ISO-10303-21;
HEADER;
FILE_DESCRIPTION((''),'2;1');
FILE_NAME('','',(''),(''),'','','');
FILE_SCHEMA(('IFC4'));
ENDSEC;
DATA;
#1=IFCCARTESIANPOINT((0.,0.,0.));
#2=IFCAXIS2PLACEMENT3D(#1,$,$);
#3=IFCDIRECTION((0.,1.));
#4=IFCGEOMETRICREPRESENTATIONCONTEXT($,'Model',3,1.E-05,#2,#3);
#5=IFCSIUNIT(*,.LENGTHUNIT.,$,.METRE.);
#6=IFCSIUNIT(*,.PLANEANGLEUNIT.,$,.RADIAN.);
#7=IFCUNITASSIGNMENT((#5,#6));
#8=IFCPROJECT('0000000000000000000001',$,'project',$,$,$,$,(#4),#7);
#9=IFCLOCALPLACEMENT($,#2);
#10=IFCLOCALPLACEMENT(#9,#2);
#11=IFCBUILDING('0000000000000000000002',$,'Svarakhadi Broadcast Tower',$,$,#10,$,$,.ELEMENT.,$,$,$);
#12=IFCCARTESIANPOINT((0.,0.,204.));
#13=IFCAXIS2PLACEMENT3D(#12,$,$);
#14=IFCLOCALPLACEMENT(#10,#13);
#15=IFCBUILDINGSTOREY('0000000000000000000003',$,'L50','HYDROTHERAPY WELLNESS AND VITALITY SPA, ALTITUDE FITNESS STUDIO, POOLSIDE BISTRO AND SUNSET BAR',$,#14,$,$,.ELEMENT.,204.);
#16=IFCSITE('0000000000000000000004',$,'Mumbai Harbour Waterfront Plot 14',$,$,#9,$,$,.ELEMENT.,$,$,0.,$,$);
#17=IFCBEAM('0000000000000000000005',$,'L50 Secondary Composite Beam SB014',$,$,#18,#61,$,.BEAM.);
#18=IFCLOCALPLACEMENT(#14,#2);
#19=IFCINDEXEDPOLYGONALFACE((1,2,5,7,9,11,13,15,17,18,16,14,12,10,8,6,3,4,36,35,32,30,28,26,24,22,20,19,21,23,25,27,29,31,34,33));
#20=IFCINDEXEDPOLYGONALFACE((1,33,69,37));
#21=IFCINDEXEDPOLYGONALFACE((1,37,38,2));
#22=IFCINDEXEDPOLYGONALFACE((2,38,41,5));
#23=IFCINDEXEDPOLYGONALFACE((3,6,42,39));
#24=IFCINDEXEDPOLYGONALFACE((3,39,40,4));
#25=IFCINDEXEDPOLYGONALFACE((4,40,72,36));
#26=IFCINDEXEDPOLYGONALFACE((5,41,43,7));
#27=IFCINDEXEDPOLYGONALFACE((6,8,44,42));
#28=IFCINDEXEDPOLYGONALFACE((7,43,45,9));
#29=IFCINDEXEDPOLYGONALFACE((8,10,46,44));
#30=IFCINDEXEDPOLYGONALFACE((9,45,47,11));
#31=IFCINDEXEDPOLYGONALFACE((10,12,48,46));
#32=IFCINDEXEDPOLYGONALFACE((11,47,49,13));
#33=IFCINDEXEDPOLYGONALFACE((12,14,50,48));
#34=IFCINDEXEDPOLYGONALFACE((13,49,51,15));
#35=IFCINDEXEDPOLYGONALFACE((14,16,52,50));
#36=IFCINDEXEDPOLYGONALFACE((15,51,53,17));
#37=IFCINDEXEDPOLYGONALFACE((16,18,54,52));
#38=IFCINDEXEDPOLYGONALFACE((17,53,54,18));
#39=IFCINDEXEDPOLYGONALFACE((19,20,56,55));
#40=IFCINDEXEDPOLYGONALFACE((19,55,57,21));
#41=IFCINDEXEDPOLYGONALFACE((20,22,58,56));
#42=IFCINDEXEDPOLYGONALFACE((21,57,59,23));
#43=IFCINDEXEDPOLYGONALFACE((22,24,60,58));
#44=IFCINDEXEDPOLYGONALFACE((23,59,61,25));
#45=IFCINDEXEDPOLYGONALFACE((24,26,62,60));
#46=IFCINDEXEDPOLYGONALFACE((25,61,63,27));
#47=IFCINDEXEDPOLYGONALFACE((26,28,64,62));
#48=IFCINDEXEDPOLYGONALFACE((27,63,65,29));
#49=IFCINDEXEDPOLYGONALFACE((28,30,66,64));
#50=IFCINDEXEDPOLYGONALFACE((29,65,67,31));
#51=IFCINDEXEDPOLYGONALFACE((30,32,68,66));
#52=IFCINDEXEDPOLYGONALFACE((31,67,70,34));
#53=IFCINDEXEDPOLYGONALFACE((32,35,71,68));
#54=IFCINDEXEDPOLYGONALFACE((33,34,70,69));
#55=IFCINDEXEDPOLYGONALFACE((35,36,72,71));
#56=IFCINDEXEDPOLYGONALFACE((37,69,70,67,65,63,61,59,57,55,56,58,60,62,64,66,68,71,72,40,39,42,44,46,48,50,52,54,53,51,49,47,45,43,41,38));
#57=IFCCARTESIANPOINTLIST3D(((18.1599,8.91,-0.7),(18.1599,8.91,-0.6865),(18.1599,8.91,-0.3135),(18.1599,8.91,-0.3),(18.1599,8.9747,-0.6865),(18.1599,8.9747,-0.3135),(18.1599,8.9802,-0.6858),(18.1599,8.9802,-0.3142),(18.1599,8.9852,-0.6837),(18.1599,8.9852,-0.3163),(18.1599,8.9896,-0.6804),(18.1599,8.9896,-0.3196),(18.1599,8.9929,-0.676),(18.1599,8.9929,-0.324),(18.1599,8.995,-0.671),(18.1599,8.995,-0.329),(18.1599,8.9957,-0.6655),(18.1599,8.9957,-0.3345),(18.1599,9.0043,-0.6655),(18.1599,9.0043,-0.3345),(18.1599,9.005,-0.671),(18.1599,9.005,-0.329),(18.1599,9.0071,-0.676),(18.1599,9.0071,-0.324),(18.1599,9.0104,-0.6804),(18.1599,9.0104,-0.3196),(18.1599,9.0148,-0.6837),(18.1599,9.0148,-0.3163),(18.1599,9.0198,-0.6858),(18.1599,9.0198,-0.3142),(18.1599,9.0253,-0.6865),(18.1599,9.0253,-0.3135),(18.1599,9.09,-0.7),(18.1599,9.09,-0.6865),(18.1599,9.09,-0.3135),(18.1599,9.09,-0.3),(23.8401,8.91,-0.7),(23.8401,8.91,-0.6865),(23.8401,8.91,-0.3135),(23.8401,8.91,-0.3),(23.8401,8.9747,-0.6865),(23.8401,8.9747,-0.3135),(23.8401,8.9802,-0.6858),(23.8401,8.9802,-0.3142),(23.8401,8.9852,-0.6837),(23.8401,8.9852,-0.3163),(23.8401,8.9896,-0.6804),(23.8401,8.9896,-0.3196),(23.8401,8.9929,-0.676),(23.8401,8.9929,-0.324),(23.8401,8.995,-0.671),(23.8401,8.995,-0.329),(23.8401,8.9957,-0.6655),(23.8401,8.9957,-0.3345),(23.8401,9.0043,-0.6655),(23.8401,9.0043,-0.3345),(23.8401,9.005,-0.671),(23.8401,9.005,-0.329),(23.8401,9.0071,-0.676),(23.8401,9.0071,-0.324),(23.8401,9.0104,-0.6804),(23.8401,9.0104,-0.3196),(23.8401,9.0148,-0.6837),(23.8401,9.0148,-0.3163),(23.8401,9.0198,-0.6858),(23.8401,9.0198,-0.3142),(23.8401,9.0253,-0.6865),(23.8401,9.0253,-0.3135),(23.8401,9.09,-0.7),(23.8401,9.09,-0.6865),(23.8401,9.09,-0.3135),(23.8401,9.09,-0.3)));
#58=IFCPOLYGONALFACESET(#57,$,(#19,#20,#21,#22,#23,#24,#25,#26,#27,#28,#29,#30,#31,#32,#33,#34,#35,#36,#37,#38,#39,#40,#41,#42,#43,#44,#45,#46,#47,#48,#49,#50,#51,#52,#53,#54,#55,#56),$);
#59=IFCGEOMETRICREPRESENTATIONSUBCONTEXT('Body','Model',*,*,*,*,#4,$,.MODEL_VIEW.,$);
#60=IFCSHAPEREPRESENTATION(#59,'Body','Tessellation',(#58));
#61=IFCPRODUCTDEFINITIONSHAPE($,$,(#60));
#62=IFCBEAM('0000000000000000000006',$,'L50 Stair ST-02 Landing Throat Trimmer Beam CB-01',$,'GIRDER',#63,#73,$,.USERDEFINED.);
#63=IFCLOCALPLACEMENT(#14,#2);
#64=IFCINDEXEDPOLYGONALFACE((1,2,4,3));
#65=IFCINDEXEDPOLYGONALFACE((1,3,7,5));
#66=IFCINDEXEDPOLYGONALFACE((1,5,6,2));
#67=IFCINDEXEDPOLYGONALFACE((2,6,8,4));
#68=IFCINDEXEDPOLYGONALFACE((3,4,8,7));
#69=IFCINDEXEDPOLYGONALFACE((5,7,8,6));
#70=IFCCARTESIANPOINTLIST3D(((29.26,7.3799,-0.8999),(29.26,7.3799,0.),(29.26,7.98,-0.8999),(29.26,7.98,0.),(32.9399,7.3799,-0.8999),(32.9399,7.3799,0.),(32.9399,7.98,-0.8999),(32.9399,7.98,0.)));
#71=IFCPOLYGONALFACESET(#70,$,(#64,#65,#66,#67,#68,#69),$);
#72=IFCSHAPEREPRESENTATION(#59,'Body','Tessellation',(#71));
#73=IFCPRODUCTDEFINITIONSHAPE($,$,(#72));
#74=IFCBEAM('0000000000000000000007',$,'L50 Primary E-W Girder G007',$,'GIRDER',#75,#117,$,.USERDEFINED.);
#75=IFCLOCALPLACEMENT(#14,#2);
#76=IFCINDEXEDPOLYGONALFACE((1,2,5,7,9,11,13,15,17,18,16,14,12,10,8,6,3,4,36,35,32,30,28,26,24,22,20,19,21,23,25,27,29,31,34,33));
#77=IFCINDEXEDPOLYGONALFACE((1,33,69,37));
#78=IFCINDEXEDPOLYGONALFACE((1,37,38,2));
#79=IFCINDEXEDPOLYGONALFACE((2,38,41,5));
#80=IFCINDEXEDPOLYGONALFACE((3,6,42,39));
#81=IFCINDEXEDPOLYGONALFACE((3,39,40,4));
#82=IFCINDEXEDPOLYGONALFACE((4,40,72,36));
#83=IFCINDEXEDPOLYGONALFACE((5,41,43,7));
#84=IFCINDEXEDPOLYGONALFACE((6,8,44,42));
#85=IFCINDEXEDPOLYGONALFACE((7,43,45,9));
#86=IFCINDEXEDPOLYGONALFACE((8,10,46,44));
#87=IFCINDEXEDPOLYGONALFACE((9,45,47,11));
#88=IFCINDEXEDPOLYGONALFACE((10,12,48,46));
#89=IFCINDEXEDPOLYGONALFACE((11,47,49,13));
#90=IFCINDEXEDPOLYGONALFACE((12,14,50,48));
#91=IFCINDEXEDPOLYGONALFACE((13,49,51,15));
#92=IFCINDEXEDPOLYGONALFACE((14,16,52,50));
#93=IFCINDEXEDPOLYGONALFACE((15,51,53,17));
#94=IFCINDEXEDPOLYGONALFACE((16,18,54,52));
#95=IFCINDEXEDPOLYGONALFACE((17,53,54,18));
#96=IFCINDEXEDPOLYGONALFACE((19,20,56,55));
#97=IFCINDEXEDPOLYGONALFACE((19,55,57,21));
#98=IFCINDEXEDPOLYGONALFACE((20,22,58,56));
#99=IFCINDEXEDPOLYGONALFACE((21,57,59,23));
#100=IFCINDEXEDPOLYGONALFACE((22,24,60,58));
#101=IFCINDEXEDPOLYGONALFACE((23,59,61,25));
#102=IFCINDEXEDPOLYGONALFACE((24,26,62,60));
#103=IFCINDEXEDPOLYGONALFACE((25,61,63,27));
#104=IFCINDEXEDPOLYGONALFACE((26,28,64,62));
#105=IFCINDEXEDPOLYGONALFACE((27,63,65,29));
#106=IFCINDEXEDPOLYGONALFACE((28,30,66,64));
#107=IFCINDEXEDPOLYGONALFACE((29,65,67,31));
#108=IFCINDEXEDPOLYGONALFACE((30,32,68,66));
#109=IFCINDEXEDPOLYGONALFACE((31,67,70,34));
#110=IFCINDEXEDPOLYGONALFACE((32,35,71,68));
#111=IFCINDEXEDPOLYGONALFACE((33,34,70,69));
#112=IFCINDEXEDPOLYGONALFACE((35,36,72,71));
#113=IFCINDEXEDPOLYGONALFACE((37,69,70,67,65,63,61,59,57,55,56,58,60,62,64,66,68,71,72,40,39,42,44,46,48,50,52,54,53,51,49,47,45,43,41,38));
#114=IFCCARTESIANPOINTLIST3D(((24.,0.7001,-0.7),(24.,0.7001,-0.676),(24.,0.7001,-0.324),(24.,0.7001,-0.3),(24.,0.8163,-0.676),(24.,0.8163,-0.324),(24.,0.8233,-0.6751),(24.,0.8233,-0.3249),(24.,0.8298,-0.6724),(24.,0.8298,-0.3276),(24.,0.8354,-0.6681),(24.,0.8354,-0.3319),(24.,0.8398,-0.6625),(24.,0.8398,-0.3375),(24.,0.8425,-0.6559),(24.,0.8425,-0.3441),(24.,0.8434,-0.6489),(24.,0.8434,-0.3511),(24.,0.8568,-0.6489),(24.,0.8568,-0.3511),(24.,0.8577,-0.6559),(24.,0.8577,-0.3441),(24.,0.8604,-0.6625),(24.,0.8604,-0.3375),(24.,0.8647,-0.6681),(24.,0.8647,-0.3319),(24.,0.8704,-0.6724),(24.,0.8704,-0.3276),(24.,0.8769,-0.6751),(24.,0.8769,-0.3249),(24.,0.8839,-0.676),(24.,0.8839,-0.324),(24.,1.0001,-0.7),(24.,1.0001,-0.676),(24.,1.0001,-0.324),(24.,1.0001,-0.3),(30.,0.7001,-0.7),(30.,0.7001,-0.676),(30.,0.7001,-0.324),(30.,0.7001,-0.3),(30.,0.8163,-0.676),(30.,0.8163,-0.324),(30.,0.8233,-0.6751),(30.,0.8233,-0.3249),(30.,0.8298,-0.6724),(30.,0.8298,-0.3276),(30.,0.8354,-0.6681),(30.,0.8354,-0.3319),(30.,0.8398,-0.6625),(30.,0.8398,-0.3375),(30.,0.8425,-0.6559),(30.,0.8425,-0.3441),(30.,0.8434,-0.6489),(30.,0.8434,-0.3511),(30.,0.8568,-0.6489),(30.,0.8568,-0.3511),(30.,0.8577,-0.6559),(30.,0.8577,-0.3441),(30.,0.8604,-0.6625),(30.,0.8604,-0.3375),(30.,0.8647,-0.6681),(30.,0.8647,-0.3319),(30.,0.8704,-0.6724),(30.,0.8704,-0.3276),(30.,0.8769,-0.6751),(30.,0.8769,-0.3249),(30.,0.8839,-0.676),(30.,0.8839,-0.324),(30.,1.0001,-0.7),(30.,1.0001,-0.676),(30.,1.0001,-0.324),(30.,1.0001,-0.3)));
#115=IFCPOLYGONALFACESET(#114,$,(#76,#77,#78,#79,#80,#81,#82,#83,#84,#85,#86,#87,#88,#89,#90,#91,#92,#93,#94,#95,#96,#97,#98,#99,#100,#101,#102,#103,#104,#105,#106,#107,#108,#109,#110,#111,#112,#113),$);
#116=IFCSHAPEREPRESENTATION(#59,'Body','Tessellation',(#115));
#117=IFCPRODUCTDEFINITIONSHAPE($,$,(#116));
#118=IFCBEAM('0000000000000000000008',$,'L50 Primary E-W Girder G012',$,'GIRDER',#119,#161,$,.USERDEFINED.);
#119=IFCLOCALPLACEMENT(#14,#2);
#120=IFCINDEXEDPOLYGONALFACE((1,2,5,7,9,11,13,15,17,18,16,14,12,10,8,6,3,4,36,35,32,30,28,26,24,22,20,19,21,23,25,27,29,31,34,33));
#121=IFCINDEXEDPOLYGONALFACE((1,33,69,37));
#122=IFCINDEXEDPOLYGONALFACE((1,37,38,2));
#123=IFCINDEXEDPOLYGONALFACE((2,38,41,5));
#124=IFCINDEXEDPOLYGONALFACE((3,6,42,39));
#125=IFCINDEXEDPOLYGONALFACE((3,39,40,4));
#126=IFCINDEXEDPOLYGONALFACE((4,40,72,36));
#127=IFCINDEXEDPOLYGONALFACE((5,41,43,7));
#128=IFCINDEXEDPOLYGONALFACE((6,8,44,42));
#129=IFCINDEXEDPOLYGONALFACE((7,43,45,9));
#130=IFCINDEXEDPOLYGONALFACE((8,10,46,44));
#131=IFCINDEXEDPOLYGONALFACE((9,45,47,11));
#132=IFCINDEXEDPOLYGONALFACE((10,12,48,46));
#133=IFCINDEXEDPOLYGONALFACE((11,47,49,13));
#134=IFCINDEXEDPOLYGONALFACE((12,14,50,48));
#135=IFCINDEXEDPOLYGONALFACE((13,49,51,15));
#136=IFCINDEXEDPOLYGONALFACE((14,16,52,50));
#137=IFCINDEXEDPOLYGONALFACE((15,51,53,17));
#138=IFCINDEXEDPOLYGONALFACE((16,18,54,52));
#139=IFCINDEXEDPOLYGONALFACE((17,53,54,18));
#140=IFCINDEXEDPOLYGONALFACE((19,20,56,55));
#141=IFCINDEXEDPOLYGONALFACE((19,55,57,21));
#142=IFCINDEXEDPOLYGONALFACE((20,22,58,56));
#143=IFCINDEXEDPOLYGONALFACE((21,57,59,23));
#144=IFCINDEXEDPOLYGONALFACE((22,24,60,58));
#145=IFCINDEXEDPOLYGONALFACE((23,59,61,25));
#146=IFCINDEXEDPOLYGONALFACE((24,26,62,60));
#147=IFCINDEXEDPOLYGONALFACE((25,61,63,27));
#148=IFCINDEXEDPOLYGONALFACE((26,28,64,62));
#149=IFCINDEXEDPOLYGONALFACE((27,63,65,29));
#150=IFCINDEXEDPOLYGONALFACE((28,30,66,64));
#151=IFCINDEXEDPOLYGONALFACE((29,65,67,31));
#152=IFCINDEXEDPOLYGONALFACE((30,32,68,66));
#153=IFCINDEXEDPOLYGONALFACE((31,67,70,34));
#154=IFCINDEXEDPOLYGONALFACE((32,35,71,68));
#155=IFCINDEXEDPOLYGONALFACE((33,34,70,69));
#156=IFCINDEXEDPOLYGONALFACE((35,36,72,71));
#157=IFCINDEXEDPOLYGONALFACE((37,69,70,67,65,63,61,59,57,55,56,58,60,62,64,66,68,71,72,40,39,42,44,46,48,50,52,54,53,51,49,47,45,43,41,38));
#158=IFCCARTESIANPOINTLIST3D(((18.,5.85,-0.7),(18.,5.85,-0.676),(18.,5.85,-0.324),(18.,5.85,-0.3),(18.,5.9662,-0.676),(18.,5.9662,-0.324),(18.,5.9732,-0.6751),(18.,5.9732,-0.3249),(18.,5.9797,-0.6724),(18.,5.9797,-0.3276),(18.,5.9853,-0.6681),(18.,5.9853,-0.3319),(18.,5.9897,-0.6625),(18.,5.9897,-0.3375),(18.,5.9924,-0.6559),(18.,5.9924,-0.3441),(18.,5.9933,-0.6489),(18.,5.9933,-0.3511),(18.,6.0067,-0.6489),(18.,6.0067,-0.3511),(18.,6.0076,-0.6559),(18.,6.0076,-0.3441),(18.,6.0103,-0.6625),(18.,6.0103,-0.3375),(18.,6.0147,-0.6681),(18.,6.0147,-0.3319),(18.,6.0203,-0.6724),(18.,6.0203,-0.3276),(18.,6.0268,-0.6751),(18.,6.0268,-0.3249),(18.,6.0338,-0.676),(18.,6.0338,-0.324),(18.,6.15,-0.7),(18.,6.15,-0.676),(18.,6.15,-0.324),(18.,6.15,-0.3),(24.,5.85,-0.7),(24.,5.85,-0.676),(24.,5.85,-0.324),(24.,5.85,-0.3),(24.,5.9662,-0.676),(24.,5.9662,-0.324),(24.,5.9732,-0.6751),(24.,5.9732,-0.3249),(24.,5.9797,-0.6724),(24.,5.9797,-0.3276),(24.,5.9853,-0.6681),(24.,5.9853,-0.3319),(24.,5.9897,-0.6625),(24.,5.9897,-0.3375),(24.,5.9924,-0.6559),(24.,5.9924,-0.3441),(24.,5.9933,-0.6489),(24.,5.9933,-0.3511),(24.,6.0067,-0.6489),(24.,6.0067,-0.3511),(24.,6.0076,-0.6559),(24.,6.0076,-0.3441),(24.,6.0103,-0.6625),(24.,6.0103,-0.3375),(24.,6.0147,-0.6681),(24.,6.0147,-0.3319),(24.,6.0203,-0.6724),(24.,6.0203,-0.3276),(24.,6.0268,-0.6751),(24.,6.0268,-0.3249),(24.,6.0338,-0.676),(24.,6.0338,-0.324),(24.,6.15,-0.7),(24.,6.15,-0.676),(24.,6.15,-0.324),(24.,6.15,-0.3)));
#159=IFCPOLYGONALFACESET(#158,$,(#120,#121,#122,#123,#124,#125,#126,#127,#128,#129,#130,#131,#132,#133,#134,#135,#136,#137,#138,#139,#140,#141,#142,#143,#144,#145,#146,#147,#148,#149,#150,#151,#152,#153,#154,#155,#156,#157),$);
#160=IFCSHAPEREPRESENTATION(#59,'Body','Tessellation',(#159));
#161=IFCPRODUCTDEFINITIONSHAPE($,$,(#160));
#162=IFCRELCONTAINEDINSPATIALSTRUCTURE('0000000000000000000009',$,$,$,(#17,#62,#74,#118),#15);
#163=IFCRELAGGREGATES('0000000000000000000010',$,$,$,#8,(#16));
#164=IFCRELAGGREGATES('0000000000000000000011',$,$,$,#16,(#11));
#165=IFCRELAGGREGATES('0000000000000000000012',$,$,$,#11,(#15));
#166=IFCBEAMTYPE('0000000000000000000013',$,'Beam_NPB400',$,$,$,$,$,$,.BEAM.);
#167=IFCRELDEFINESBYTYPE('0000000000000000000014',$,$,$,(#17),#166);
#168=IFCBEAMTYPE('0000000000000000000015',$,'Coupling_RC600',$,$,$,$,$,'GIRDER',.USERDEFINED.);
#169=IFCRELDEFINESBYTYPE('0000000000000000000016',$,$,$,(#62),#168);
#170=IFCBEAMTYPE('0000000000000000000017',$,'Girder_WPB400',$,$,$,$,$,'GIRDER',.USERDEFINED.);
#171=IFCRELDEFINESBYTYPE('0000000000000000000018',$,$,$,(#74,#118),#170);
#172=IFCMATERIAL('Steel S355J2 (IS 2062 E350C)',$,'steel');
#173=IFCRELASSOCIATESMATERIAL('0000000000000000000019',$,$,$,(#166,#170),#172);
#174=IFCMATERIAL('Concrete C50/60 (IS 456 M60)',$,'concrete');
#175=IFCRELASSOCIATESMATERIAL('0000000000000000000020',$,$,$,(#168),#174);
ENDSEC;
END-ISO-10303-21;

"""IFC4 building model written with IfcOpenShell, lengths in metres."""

from ifc_helpers import new_model, si_unit, direction, frame, origin, origin_2d, place, context, subcontext, project, spatial, rectangle, i_section, extrude, material, material_profile, profile_set, type_object, element, save


model = new_model("IFC4")

# Units and contexts
model_context = context("Model", 3, precision=1e-05, world=origin(), true_north=direction((0.0, 1.0)))
body_context = subcontext(model_context, "Body", "Model", "MODEL_VIEW")
ifc_project = project(units=[si_unit("LENGTHUNIT", "METRE"), si_unit("PLANEANGLEUNIT", "RADIAN")], contexts=[model_context])

# Site, building, storey
site_placement = place(None, origin())
site = spatial("IfcSite", under=ifc_project, at=site_placement, Name="Mumbai Harbour Waterfront Plot 14", CompositionType="ELEMENT", RefElevation=0.0)
building_placement = place(site_placement, origin())
building = spatial("IfcBuilding", under=site, at=building_placement, Name="Svarakhadi Broadcast Tower", CompositionType="ELEMENT")
storey_placement = place(building_placement, frame((0.0, 0.0, 204.0)))
storey = spatial("IfcBuildingStorey", under=building, at=storey_placement, Name="L50", Description="HYDROTHERAPY WELLNESS AND VITALITY SPA, ALTITUDE FITNESS STUDIO, POOLSIDE BISTRO AND SUNSET BAR", CompositionType="ELEMENT", Elevation=204.0)

# Shared definitions
ifc_material_1 = material(Name="Concrete C50/60 (IS 456 M60)", Category="concrete")

# Beams
ifc_material_2 = material(Name="Steel S355J2 (IS 2062 E350C)", Category="steel")
ifc_material_profile_1 = material_profile(ifc_material_2, i_section(OverallWidth=0.1799, OverallDepth=0.3999, WebThickness=0.0085, FlangeThickness=0.0134, FilletRadius=0.021, at=origin_2d()), Name="NPB 400x180x66")
ifc_profile_set_1 = profile_set([ifc_material_profile_1], Name="Steel S355J2 (IS 2062 E350C)")
beam_type_1 = type_object("IfcBeamType", Name="Beam_NPB400", PredefinedType="BEAM", material=ifc_profile_set_1)
for number, where, z_axis, x_axis, name in (
    (1, (18.1599, 9.0, -0.5), (1.0, 0.0, 0.0), (0.0, 1.0, 0.0), "L50 Secondary Composite Beam SB014"),
):
    element("IfcBeam", number, at=place(storey_placement, frame(where, z_axis=z_axis, x_axis=x_axis)), inside=storey, type_object=beam_type_1, Name=name, PredefinedType="BEAM", context=body_context, shape_type="SweptSolid", body=[
        extrude(i_section(OverallWidth=0.1799, OverallDepth=0.3999, WebThickness=0.0085, FlangeThickness=0.0134, FilletRadius=0.021, at=origin_2d()), origin(), (0.0, 0.0, 1.0), 5.6802),
    ])
ifc_material_profile_2 = material_profile(ifc_material_1, rectangle(XDim=0.6001, YDim=0.8999, at=origin_2d()), Name="RC 600x900")
ifc_profile_set_2 = profile_set([ifc_material_profile_2], Name="Concrete C50/60 (IS 456 M60)")
beam_type_2 = type_object("IfcBeamType", Name="Coupling_RC600", ElementType="GIRDER", PredefinedType="USERDEFINED", material=ifc_profile_set_2)
beam_1_placement = place(storey_placement, frame((29.26, 7.6799, -0.45), z_axis=(1.0, 0.0, 0.0), x_axis=(0.0, 1.0, 0.0)))
element("IfcBeam", 2, at=beam_1_placement, inside=storey, type_object=beam_type_2, Name="L50 Stair ST-02 Landing Throat Trimmer Beam CB-01", ObjectType="GIRDER", PredefinedType="USERDEFINED", context=body_context, shape_type="SweptSolid", body=[
    extrude(rectangle(XDim=0.6001, YDim=0.8999, at=origin_2d()), origin(), (0.0, 0.0, 1.0), 3.6799),
])
ifc_material_profile_3 = material_profile(ifc_material_2, i_section(OverallWidth=0.3, OverallDepth=0.3999, WebThickness=0.0134, FlangeThickness=0.0239, FilletRadius=0.0271, at=origin_2d()), Name="WPB 400x300x155")
ifc_profile_set_3 = profile_set([ifc_material_profile_3], Name="Steel S355J2 (IS 2062 E350C)")
beam_type_3 = type_object("IfcBeamType", Name="Girder_WPB400", ElementType="GIRDER", PredefinedType="USERDEFINED", material=ifc_profile_set_3)
for number, where, z_axis, x_axis, name in (
    (3, (24.0, 0.8501, -0.5), (1.0, 0.0, 0.0), (0.0, 1.0, 0.0), "L50 Primary E-W Girder G007"),
    (4, (18.0, 6.0, -0.5), (1.0, 0.0, 0.0), (0.0, 1.0, 0.0), "L50 Primary E-W Girder G012"),
):
    element("IfcBeam", number, at=place(storey_placement, frame(where, z_axis=z_axis, x_axis=x_axis)), inside=storey, type_object=beam_type_3, Name=name, ObjectType="GIRDER", PredefinedType="USERDEFINED", context=body_context, shape_type="SweptSolid", body=[
        extrude(i_section(OverallWidth=0.3, OverallDepth=0.3999, WebThickness=0.0134, FlangeThickness=0.0239, FilletRadius=0.0271, at=origin_2d()), origin(), (0.0, 0.0, 1.0), 6.0),
    ])

save(model, "model.ifc")
